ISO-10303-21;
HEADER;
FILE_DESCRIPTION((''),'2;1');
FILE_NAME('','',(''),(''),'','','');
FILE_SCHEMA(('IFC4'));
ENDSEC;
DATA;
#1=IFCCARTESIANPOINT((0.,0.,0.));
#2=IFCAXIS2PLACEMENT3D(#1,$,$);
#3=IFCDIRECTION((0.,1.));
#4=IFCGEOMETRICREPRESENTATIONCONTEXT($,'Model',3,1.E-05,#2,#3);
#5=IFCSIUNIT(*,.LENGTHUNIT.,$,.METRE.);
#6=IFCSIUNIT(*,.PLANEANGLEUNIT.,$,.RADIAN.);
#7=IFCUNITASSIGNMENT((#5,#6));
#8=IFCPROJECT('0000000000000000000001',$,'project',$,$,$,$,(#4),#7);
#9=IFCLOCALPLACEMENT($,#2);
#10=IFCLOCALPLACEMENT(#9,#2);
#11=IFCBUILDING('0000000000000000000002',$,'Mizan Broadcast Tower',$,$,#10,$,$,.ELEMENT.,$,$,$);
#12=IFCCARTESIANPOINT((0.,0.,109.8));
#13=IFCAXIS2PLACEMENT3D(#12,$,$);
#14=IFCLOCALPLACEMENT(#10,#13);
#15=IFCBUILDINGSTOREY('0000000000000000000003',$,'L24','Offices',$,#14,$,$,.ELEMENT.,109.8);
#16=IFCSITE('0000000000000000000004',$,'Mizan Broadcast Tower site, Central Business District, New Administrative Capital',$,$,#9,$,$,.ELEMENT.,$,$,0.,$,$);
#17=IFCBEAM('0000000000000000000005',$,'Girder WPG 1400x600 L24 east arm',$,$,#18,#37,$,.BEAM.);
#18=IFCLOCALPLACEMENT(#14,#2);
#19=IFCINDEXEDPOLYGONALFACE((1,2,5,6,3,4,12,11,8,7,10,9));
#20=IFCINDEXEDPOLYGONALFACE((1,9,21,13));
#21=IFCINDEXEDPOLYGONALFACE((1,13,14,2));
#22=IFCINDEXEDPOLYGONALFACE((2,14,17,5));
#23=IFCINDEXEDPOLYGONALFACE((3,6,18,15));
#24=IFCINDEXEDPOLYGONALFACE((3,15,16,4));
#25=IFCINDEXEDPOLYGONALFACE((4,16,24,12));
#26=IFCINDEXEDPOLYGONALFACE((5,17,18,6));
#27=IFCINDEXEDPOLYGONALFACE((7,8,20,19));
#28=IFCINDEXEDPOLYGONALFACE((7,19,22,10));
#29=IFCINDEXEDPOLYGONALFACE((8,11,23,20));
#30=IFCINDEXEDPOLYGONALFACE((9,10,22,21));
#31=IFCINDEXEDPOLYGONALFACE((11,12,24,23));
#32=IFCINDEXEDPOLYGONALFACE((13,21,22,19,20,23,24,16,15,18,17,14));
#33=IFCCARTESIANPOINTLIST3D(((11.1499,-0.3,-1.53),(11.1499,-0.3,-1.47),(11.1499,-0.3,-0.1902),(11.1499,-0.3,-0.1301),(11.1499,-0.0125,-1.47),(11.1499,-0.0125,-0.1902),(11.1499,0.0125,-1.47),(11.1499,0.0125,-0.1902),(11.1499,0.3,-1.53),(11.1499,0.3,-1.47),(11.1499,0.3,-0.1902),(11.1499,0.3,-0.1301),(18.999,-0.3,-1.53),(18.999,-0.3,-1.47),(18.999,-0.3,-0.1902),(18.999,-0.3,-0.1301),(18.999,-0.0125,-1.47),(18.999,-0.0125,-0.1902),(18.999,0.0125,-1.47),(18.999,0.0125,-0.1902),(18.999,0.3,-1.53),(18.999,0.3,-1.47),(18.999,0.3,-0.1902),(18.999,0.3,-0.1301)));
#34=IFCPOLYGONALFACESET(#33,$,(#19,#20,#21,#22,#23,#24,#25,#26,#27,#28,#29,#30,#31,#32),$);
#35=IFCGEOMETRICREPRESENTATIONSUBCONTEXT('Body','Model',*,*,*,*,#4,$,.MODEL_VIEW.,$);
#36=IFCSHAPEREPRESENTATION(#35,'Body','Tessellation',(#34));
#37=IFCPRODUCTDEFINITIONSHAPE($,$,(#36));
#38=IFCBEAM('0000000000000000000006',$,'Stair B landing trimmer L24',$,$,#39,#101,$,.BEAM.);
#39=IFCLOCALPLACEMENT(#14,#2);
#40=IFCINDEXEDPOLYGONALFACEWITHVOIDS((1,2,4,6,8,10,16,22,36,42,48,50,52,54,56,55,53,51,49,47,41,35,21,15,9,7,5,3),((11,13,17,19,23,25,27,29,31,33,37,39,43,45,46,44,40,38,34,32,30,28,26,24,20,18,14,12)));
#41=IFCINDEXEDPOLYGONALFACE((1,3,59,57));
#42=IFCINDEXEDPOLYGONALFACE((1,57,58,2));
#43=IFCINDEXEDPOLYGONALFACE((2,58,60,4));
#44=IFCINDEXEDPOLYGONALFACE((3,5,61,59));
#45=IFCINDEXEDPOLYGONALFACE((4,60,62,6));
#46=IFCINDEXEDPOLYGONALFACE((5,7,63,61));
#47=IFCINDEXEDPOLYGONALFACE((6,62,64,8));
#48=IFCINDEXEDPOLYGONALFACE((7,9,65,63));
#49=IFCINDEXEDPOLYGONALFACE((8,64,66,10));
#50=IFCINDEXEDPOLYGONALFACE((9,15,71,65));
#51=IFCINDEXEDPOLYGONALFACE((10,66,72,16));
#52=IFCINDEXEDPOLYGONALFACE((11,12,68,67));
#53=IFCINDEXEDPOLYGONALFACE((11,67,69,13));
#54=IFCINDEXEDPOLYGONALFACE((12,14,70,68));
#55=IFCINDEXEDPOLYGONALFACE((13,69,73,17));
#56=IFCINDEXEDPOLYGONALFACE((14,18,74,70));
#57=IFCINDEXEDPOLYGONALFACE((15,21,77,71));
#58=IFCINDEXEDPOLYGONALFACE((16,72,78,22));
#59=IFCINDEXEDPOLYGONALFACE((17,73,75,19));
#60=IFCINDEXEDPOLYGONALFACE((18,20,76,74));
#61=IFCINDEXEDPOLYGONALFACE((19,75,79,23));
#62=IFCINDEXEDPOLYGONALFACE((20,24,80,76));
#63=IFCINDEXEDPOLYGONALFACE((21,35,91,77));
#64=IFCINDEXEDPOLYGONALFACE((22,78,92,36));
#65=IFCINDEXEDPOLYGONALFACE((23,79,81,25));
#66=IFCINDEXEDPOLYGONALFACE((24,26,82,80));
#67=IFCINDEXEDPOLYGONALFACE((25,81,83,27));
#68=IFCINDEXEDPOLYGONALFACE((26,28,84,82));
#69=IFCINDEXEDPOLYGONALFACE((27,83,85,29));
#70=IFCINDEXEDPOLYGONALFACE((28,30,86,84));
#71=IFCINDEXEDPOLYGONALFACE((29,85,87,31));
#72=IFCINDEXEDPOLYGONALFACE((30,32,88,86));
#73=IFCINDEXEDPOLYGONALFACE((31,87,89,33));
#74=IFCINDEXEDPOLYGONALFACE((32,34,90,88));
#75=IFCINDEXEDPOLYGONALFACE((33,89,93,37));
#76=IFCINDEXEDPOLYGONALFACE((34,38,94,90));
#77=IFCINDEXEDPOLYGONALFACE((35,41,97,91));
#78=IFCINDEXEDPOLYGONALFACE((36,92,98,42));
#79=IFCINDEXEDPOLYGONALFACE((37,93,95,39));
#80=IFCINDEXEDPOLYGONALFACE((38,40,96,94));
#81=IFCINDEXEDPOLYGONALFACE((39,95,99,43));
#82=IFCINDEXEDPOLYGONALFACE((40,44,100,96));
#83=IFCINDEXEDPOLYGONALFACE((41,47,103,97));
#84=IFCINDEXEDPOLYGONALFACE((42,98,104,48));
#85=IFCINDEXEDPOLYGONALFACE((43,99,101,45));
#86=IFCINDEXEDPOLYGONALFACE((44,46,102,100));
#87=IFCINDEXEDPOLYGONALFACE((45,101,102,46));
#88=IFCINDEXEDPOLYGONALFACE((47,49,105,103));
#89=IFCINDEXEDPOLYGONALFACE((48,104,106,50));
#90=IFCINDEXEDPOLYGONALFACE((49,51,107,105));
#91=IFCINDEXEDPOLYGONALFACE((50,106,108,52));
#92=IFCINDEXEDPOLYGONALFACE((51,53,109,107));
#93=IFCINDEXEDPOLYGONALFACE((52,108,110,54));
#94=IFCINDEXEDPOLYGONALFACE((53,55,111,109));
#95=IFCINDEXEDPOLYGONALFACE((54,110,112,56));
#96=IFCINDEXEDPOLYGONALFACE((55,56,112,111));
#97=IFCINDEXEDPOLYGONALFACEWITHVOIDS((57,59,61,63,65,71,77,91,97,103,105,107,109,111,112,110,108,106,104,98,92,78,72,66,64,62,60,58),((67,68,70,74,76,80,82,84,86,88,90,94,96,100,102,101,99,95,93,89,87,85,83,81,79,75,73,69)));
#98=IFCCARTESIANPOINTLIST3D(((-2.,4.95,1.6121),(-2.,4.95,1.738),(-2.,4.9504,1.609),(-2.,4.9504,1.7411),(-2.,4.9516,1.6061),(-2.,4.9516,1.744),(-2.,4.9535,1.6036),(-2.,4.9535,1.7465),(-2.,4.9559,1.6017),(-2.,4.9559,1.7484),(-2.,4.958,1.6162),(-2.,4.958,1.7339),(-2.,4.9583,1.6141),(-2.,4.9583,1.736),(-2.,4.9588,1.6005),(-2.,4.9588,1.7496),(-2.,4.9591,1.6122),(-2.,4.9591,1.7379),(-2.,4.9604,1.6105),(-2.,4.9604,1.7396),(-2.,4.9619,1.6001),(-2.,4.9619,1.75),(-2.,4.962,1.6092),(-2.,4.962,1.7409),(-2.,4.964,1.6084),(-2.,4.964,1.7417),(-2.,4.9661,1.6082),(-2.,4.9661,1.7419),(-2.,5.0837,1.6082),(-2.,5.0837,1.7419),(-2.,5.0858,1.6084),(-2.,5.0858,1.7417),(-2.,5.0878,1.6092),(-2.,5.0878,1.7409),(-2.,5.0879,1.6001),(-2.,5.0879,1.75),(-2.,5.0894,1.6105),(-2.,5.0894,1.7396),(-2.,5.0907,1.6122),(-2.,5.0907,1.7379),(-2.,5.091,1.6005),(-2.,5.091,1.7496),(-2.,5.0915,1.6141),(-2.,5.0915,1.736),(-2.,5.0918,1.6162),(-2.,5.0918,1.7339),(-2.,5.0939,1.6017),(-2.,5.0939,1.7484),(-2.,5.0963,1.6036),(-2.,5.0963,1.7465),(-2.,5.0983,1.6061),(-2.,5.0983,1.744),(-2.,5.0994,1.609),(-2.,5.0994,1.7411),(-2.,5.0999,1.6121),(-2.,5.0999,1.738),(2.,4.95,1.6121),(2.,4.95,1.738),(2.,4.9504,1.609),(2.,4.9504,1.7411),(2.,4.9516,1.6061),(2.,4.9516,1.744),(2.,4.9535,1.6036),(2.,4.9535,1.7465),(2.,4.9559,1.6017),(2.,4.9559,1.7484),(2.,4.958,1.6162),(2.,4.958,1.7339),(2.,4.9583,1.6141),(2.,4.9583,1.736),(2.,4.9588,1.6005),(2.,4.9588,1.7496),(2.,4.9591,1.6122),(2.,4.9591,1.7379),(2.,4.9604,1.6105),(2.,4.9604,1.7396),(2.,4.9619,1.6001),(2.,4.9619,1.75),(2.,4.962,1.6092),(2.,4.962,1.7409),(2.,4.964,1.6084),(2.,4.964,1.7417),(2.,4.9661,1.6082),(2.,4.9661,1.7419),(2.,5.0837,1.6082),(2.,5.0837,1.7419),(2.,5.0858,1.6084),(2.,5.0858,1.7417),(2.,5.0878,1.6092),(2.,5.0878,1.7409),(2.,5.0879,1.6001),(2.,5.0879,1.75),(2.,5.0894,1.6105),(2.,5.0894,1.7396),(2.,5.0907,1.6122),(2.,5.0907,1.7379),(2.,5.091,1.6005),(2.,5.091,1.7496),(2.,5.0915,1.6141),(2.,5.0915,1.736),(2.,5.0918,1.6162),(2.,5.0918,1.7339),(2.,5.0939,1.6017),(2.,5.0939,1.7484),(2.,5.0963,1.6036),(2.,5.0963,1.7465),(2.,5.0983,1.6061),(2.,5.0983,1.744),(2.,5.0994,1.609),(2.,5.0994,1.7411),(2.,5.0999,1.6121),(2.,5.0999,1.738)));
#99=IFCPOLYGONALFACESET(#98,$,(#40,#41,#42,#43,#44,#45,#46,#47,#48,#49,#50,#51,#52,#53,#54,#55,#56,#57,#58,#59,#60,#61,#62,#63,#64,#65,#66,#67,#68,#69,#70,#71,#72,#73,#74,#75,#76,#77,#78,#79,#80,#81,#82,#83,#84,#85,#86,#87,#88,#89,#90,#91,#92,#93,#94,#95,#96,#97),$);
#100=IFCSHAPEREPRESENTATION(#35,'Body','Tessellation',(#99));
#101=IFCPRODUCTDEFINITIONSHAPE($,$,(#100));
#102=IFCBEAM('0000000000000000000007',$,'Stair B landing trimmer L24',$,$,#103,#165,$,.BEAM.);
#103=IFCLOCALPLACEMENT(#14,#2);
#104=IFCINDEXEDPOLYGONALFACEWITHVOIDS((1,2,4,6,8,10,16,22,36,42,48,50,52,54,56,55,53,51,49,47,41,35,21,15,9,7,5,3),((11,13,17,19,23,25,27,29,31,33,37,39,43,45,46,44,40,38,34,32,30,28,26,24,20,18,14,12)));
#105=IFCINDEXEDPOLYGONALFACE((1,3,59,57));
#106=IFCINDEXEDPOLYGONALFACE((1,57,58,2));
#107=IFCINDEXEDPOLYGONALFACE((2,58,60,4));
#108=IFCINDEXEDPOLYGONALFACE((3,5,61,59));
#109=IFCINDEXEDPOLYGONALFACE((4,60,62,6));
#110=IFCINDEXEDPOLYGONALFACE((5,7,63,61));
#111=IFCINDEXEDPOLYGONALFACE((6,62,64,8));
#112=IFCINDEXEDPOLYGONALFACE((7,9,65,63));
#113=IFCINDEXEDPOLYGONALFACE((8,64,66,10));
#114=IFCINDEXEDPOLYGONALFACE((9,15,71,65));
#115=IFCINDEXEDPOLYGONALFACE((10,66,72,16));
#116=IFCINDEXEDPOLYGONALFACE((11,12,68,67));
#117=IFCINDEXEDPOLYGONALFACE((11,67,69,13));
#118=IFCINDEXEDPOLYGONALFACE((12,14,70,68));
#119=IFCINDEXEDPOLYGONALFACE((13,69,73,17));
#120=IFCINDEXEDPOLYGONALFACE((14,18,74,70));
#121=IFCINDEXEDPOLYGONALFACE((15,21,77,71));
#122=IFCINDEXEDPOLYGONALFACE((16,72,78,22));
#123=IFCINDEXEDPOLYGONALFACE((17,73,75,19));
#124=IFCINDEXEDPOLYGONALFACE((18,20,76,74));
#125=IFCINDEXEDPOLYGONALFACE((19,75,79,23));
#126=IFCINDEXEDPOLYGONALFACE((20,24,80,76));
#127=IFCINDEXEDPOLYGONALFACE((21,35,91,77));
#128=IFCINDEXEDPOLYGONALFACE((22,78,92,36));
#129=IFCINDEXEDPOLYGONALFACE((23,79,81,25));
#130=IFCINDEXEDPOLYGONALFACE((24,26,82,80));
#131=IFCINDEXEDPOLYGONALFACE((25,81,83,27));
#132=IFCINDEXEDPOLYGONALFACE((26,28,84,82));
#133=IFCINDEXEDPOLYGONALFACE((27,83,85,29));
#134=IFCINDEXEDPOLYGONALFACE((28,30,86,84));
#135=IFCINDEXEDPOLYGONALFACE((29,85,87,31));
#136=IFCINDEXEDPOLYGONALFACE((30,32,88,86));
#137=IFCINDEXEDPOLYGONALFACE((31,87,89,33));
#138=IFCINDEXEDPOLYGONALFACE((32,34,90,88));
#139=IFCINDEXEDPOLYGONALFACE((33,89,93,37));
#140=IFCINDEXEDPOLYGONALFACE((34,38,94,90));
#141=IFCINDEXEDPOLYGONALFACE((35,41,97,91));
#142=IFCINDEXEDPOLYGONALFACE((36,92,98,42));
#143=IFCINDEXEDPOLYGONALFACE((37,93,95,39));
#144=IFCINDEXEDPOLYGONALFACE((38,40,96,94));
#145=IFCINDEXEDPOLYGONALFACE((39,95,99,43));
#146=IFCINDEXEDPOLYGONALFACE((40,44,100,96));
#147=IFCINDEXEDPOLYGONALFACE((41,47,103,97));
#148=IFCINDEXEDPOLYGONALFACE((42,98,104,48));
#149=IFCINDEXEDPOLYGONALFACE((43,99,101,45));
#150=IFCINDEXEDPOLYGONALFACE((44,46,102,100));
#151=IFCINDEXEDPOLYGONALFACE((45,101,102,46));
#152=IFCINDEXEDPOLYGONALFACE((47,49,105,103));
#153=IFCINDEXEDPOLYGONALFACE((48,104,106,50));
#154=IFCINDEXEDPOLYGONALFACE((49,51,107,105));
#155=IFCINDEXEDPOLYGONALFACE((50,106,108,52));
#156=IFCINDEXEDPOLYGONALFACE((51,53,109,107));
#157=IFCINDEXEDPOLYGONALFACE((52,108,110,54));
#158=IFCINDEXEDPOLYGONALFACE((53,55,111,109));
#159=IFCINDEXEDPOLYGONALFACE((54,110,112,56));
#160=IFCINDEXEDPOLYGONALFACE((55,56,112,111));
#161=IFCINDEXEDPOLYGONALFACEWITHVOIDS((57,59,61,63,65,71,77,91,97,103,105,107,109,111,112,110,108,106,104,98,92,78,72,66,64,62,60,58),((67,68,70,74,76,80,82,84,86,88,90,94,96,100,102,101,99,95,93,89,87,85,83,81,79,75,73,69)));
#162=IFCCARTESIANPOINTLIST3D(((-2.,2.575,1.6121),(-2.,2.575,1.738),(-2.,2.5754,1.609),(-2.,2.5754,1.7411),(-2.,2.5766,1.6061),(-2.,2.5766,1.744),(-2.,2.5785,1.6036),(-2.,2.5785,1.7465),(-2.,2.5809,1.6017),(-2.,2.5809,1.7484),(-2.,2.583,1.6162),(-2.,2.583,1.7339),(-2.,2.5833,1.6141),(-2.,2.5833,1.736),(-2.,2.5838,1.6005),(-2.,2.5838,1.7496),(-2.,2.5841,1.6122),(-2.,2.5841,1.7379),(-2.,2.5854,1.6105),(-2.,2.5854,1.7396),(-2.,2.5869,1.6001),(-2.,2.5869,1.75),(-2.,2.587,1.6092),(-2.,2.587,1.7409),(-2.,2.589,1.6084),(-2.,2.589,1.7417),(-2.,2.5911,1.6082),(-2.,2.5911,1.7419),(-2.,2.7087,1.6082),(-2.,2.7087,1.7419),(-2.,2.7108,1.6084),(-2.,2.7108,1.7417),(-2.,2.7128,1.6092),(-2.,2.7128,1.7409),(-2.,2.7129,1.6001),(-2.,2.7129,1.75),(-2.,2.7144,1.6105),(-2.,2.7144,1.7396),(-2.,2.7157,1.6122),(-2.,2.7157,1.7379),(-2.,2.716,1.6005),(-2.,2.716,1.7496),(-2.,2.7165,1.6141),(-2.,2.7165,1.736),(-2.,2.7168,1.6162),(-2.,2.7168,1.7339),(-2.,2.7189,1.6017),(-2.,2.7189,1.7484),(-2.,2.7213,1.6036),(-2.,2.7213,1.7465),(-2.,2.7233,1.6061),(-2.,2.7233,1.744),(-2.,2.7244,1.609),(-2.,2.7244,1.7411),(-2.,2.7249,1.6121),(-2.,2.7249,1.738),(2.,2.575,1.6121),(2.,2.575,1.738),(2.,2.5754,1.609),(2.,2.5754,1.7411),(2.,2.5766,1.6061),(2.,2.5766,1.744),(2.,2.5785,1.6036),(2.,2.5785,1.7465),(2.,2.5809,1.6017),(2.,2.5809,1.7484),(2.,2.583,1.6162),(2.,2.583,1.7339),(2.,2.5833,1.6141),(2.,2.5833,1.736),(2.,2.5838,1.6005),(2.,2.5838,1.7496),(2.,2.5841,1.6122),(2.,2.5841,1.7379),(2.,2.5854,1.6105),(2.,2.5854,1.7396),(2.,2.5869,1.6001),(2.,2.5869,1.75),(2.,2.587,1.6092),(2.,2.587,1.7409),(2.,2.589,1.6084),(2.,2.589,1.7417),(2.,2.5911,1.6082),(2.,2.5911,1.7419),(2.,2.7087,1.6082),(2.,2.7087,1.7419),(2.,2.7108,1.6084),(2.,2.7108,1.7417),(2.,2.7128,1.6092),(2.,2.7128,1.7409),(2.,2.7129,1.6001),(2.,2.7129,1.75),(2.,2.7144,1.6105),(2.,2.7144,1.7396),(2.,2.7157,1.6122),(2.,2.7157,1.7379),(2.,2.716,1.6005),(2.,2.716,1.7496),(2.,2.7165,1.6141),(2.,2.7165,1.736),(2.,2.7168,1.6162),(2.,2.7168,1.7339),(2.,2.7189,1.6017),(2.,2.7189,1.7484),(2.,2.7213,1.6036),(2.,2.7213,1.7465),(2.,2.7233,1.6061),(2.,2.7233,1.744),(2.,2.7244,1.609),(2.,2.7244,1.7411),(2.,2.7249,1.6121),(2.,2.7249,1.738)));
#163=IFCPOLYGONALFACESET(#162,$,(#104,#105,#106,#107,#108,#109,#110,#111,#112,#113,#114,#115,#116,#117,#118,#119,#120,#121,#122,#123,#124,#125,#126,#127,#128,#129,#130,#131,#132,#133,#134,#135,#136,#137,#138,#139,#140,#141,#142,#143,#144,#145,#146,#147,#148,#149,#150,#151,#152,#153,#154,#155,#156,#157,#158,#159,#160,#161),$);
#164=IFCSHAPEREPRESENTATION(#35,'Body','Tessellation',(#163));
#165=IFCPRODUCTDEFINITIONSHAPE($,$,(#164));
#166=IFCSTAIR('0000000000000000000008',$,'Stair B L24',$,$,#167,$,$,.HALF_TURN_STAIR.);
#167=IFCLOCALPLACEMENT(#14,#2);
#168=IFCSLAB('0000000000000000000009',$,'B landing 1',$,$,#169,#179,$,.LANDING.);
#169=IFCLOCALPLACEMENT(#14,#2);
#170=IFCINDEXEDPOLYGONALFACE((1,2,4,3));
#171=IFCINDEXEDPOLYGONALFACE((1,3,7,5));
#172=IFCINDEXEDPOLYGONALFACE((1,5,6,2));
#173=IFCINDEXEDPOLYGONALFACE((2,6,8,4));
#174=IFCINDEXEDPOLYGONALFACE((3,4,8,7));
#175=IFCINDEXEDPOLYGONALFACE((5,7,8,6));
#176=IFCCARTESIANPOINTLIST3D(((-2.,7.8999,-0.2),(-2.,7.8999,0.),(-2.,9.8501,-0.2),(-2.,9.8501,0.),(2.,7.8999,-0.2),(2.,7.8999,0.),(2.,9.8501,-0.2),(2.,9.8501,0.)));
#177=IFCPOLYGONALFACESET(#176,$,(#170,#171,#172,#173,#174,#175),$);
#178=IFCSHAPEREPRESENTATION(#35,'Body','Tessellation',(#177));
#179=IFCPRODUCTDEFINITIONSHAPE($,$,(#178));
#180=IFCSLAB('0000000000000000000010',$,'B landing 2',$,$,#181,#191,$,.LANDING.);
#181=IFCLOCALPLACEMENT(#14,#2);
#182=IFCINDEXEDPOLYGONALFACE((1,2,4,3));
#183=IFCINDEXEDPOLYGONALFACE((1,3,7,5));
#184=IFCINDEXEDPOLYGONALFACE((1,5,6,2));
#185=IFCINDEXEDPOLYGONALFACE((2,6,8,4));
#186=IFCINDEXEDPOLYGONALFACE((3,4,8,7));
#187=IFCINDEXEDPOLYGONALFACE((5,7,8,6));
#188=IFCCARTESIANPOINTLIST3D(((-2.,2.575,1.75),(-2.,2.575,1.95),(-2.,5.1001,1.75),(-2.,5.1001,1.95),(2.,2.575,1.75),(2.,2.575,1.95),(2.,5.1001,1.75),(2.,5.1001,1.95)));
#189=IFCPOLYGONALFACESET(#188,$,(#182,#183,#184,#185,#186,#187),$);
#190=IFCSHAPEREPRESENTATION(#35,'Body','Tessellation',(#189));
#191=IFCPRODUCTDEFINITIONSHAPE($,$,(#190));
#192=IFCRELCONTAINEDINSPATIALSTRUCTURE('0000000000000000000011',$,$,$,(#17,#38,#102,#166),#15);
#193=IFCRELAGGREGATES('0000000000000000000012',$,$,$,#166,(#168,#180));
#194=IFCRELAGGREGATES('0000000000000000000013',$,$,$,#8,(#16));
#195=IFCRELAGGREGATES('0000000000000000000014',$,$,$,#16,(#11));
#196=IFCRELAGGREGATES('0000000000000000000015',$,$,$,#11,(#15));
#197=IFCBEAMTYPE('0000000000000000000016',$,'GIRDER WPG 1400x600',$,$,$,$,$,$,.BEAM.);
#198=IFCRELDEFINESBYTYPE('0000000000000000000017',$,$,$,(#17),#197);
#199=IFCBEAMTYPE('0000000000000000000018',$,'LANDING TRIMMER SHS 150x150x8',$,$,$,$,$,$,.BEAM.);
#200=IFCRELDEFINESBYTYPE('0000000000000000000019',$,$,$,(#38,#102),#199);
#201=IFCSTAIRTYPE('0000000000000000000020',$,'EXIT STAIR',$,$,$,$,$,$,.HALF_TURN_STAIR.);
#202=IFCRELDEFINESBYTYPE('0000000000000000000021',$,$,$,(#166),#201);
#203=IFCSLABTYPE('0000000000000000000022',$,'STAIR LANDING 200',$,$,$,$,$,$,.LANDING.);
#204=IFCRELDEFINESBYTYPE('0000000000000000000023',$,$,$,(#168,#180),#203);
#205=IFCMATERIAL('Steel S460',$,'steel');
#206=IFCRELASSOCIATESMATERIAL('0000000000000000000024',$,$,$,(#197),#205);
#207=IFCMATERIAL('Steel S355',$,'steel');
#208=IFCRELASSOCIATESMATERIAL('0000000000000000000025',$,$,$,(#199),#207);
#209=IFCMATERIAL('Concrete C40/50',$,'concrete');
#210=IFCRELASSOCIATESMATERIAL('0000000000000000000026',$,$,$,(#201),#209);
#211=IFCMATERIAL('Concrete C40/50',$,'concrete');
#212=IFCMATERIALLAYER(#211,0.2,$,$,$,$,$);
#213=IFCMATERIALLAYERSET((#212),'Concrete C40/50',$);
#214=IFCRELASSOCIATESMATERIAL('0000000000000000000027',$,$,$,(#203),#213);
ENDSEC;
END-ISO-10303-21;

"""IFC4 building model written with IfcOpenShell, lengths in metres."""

from ifc_helpers import new_model, si_unit, direction, frame, origin, origin_2d, place, context, subcontext, project, spatial, polyline, hollow_rectangle, i_section, outline, extrude, material, layer, layer_set, material_profile, profile_set, type_object, element, aggregate, save


model = new_model("IFC4")

# Units and contexts
model_context = context("Model", 3, precision=1e-05, world=origin(), true_north=direction((0.0, 1.0)))
body_context = subcontext(model_context, "Body", "Model", "MODEL_VIEW")
ifc_project = project(units=[si_unit("LENGTHUNIT", "METRE"), si_unit("PLANEANGLEUNIT", "RADIAN")], contexts=[model_context])

# Site, building, storey
site_placement = place(None, origin())
site = spatial("IfcSite", under=ifc_project, at=site_placement, Name="Mizan Broadcast Tower site, Central Business District, New Administrative Capital", CompositionType="ELEMENT", RefElevation=0.0)
building_placement = place(site_placement, origin())
building = spatial("IfcBuilding", under=site, at=building_placement, Name="Mizan Broadcast Tower", CompositionType="ELEMENT")
storey_placement = place(building_placement, frame((0.0, 0.0, 109.8)))
storey = spatial("IfcBuildingStorey", under=building, at=storey_placement, Name="L24", Description="Offices", CompositionType="ELEMENT", Elevation=109.8)

# Beams
ifc_material_1 = material(Name="Steel S460", Category="steel")
ifc_material_profile_1 = material_profile(ifc_material_1, i_section(OverallWidth=0.6001, OverallDepth=1.3999, WebThickness=0.0249, FlangeThickness=0.0601, at=origin_2d()), Name="WPG 1400x600")
ifc_profile_set_1 = profile_set([ifc_material_profile_1], Name="Steel S460")
beam_type_1 = type_object("IfcBeamType", Name="GIRDER WPG 1400x600", PredefinedType="BEAM", material=ifc_profile_set_1)
beam_placement = place(storey_placement, frame((11.1499, 0.0, -0.8301), z_axis=(1.0, 0.0, 0.0), x_axis=(0.0, 1.0, 0.0)))
element("IfcBeam", 1, at=beam_placement, inside=storey, type_object=beam_type_1, Name="Girder WPG 1400x600 L24 east arm", PredefinedType="BEAM", context=body_context, shape_type="SweptSolid", body=[
    extrude(i_section(OverallWidth=0.6001, OverallDepth=1.3999, WebThickness=0.0249, FlangeThickness=0.0601, at=origin_2d()), origin(), (0.0, 0.0, 1.0), 7.8491),
])
ifc_material_2 = material(Name="Steel S355", Category="steel")
ifc_material_profile_2 = material_profile(ifc_material_2, hollow_rectangle(XDim=0.1499, YDim=0.1499, WallThickness=0.0081, InnerFilletRadius=0.0081, OuterFilletRadius=0.012, at=origin_2d()), Name="SHS 150x150x8")
ifc_profile_set_2 = profile_set([ifc_material_profile_2], Name="Steel S355")
beam_type_2 = type_object("IfcBeamType", Name="LANDING TRIMMER SHS 150x150x8", PredefinedType="BEAM", material=ifc_profile_set_2)
for number, where, z_axis, x_axis, name in (
    (2, (2.0, 5.0249, 1.675), (-1.0, 0.0, 0.0), (0.0, -1.0, 0.0), "Stair B landing trimmer L24"),
    (3, (2.0, 2.6499, 1.675), (-1.0, 0.0, 0.0), (0.0, -1.0, 0.0), "Stair B landing trimmer L24"),
):
    element("IfcBeam", number, at=place(storey_placement, frame(where, z_axis=z_axis, x_axis=x_axis)), inside=storey, type_object=beam_type_2, Name=name, PredefinedType="BEAM", context=body_context, shape_type="SweptSolid", body=[
        extrude(hollow_rectangle(XDim=0.1499, YDim=0.1499, WallThickness=0.0081, InnerFilletRadius=0.0081, OuterFilletRadius=0.012, at=origin_2d()), origin(), (0.0, 0.0, 1.0), 4.0),
    ])

# Stair, slabs
ifc_material_3 = material(Name="Concrete C40/50", Category="concrete")
stair_type = type_object("IfcStairType", Name="EXIT STAIR", PredefinedType="HALF_TURN_STAIR", material=ifc_material_3)
stair_placement = place(storey_placement, origin())
stair = element("IfcStair", 4, at=stair_placement, inside=storey, type_object=stair_type, Name="Stair B L24", PredefinedType="HALF_TURN_STAIR")
ifc_material_4 = material(Name="Concrete C40/50", Category="concrete")
ifc_layer_1 = layer(ifc_material_4, 0.2)
ifc_layer_set_1 = layer_set([ifc_layer_1], Name="Concrete C40/50")
slab_type = type_object("IfcSlabType", Name="STAIR LANDING 200", PredefinedType="LANDING", material=ifc_layer_set_1)
slab_1_placement = place(storey_placement, frame((0.0, 0.0, -0.2)))
slab_1 = element("IfcSlab", 5, at=slab_1_placement, type_object=slab_type, Name="B landing 1", PredefinedType="LANDING", context=body_context, shape_type="SweptSolid", body=[
    extrude(outline(polyline([(2.0, 9.8501), (2.0, 7.8999), (-2.0, 7.8999), (-2.0, 9.8501), (2.0, 9.8501)])), origin(), (0.0, 0.0, 1.0), 0.2),
])
slab_2_placement = place(storey_placement, frame((0.0, 0.0, 1.75)))
slab_2 = element("IfcSlab", 6, at=slab_2_placement, type_object=slab_type, Name="B landing 2", PredefinedType="LANDING", context=body_context, shape_type="SweptSolid", body=[
    extrude(outline(polyline([(2.0, 5.1001), (2.0, 2.575), (-2.0, 2.575), (-2.0, 5.1001), (2.0, 5.1001)])), origin(), (0.0, 0.0, 1.0), 0.2),
])

aggregate(stair, [slab_1, slab_2])

save(model, "model.ifc")
